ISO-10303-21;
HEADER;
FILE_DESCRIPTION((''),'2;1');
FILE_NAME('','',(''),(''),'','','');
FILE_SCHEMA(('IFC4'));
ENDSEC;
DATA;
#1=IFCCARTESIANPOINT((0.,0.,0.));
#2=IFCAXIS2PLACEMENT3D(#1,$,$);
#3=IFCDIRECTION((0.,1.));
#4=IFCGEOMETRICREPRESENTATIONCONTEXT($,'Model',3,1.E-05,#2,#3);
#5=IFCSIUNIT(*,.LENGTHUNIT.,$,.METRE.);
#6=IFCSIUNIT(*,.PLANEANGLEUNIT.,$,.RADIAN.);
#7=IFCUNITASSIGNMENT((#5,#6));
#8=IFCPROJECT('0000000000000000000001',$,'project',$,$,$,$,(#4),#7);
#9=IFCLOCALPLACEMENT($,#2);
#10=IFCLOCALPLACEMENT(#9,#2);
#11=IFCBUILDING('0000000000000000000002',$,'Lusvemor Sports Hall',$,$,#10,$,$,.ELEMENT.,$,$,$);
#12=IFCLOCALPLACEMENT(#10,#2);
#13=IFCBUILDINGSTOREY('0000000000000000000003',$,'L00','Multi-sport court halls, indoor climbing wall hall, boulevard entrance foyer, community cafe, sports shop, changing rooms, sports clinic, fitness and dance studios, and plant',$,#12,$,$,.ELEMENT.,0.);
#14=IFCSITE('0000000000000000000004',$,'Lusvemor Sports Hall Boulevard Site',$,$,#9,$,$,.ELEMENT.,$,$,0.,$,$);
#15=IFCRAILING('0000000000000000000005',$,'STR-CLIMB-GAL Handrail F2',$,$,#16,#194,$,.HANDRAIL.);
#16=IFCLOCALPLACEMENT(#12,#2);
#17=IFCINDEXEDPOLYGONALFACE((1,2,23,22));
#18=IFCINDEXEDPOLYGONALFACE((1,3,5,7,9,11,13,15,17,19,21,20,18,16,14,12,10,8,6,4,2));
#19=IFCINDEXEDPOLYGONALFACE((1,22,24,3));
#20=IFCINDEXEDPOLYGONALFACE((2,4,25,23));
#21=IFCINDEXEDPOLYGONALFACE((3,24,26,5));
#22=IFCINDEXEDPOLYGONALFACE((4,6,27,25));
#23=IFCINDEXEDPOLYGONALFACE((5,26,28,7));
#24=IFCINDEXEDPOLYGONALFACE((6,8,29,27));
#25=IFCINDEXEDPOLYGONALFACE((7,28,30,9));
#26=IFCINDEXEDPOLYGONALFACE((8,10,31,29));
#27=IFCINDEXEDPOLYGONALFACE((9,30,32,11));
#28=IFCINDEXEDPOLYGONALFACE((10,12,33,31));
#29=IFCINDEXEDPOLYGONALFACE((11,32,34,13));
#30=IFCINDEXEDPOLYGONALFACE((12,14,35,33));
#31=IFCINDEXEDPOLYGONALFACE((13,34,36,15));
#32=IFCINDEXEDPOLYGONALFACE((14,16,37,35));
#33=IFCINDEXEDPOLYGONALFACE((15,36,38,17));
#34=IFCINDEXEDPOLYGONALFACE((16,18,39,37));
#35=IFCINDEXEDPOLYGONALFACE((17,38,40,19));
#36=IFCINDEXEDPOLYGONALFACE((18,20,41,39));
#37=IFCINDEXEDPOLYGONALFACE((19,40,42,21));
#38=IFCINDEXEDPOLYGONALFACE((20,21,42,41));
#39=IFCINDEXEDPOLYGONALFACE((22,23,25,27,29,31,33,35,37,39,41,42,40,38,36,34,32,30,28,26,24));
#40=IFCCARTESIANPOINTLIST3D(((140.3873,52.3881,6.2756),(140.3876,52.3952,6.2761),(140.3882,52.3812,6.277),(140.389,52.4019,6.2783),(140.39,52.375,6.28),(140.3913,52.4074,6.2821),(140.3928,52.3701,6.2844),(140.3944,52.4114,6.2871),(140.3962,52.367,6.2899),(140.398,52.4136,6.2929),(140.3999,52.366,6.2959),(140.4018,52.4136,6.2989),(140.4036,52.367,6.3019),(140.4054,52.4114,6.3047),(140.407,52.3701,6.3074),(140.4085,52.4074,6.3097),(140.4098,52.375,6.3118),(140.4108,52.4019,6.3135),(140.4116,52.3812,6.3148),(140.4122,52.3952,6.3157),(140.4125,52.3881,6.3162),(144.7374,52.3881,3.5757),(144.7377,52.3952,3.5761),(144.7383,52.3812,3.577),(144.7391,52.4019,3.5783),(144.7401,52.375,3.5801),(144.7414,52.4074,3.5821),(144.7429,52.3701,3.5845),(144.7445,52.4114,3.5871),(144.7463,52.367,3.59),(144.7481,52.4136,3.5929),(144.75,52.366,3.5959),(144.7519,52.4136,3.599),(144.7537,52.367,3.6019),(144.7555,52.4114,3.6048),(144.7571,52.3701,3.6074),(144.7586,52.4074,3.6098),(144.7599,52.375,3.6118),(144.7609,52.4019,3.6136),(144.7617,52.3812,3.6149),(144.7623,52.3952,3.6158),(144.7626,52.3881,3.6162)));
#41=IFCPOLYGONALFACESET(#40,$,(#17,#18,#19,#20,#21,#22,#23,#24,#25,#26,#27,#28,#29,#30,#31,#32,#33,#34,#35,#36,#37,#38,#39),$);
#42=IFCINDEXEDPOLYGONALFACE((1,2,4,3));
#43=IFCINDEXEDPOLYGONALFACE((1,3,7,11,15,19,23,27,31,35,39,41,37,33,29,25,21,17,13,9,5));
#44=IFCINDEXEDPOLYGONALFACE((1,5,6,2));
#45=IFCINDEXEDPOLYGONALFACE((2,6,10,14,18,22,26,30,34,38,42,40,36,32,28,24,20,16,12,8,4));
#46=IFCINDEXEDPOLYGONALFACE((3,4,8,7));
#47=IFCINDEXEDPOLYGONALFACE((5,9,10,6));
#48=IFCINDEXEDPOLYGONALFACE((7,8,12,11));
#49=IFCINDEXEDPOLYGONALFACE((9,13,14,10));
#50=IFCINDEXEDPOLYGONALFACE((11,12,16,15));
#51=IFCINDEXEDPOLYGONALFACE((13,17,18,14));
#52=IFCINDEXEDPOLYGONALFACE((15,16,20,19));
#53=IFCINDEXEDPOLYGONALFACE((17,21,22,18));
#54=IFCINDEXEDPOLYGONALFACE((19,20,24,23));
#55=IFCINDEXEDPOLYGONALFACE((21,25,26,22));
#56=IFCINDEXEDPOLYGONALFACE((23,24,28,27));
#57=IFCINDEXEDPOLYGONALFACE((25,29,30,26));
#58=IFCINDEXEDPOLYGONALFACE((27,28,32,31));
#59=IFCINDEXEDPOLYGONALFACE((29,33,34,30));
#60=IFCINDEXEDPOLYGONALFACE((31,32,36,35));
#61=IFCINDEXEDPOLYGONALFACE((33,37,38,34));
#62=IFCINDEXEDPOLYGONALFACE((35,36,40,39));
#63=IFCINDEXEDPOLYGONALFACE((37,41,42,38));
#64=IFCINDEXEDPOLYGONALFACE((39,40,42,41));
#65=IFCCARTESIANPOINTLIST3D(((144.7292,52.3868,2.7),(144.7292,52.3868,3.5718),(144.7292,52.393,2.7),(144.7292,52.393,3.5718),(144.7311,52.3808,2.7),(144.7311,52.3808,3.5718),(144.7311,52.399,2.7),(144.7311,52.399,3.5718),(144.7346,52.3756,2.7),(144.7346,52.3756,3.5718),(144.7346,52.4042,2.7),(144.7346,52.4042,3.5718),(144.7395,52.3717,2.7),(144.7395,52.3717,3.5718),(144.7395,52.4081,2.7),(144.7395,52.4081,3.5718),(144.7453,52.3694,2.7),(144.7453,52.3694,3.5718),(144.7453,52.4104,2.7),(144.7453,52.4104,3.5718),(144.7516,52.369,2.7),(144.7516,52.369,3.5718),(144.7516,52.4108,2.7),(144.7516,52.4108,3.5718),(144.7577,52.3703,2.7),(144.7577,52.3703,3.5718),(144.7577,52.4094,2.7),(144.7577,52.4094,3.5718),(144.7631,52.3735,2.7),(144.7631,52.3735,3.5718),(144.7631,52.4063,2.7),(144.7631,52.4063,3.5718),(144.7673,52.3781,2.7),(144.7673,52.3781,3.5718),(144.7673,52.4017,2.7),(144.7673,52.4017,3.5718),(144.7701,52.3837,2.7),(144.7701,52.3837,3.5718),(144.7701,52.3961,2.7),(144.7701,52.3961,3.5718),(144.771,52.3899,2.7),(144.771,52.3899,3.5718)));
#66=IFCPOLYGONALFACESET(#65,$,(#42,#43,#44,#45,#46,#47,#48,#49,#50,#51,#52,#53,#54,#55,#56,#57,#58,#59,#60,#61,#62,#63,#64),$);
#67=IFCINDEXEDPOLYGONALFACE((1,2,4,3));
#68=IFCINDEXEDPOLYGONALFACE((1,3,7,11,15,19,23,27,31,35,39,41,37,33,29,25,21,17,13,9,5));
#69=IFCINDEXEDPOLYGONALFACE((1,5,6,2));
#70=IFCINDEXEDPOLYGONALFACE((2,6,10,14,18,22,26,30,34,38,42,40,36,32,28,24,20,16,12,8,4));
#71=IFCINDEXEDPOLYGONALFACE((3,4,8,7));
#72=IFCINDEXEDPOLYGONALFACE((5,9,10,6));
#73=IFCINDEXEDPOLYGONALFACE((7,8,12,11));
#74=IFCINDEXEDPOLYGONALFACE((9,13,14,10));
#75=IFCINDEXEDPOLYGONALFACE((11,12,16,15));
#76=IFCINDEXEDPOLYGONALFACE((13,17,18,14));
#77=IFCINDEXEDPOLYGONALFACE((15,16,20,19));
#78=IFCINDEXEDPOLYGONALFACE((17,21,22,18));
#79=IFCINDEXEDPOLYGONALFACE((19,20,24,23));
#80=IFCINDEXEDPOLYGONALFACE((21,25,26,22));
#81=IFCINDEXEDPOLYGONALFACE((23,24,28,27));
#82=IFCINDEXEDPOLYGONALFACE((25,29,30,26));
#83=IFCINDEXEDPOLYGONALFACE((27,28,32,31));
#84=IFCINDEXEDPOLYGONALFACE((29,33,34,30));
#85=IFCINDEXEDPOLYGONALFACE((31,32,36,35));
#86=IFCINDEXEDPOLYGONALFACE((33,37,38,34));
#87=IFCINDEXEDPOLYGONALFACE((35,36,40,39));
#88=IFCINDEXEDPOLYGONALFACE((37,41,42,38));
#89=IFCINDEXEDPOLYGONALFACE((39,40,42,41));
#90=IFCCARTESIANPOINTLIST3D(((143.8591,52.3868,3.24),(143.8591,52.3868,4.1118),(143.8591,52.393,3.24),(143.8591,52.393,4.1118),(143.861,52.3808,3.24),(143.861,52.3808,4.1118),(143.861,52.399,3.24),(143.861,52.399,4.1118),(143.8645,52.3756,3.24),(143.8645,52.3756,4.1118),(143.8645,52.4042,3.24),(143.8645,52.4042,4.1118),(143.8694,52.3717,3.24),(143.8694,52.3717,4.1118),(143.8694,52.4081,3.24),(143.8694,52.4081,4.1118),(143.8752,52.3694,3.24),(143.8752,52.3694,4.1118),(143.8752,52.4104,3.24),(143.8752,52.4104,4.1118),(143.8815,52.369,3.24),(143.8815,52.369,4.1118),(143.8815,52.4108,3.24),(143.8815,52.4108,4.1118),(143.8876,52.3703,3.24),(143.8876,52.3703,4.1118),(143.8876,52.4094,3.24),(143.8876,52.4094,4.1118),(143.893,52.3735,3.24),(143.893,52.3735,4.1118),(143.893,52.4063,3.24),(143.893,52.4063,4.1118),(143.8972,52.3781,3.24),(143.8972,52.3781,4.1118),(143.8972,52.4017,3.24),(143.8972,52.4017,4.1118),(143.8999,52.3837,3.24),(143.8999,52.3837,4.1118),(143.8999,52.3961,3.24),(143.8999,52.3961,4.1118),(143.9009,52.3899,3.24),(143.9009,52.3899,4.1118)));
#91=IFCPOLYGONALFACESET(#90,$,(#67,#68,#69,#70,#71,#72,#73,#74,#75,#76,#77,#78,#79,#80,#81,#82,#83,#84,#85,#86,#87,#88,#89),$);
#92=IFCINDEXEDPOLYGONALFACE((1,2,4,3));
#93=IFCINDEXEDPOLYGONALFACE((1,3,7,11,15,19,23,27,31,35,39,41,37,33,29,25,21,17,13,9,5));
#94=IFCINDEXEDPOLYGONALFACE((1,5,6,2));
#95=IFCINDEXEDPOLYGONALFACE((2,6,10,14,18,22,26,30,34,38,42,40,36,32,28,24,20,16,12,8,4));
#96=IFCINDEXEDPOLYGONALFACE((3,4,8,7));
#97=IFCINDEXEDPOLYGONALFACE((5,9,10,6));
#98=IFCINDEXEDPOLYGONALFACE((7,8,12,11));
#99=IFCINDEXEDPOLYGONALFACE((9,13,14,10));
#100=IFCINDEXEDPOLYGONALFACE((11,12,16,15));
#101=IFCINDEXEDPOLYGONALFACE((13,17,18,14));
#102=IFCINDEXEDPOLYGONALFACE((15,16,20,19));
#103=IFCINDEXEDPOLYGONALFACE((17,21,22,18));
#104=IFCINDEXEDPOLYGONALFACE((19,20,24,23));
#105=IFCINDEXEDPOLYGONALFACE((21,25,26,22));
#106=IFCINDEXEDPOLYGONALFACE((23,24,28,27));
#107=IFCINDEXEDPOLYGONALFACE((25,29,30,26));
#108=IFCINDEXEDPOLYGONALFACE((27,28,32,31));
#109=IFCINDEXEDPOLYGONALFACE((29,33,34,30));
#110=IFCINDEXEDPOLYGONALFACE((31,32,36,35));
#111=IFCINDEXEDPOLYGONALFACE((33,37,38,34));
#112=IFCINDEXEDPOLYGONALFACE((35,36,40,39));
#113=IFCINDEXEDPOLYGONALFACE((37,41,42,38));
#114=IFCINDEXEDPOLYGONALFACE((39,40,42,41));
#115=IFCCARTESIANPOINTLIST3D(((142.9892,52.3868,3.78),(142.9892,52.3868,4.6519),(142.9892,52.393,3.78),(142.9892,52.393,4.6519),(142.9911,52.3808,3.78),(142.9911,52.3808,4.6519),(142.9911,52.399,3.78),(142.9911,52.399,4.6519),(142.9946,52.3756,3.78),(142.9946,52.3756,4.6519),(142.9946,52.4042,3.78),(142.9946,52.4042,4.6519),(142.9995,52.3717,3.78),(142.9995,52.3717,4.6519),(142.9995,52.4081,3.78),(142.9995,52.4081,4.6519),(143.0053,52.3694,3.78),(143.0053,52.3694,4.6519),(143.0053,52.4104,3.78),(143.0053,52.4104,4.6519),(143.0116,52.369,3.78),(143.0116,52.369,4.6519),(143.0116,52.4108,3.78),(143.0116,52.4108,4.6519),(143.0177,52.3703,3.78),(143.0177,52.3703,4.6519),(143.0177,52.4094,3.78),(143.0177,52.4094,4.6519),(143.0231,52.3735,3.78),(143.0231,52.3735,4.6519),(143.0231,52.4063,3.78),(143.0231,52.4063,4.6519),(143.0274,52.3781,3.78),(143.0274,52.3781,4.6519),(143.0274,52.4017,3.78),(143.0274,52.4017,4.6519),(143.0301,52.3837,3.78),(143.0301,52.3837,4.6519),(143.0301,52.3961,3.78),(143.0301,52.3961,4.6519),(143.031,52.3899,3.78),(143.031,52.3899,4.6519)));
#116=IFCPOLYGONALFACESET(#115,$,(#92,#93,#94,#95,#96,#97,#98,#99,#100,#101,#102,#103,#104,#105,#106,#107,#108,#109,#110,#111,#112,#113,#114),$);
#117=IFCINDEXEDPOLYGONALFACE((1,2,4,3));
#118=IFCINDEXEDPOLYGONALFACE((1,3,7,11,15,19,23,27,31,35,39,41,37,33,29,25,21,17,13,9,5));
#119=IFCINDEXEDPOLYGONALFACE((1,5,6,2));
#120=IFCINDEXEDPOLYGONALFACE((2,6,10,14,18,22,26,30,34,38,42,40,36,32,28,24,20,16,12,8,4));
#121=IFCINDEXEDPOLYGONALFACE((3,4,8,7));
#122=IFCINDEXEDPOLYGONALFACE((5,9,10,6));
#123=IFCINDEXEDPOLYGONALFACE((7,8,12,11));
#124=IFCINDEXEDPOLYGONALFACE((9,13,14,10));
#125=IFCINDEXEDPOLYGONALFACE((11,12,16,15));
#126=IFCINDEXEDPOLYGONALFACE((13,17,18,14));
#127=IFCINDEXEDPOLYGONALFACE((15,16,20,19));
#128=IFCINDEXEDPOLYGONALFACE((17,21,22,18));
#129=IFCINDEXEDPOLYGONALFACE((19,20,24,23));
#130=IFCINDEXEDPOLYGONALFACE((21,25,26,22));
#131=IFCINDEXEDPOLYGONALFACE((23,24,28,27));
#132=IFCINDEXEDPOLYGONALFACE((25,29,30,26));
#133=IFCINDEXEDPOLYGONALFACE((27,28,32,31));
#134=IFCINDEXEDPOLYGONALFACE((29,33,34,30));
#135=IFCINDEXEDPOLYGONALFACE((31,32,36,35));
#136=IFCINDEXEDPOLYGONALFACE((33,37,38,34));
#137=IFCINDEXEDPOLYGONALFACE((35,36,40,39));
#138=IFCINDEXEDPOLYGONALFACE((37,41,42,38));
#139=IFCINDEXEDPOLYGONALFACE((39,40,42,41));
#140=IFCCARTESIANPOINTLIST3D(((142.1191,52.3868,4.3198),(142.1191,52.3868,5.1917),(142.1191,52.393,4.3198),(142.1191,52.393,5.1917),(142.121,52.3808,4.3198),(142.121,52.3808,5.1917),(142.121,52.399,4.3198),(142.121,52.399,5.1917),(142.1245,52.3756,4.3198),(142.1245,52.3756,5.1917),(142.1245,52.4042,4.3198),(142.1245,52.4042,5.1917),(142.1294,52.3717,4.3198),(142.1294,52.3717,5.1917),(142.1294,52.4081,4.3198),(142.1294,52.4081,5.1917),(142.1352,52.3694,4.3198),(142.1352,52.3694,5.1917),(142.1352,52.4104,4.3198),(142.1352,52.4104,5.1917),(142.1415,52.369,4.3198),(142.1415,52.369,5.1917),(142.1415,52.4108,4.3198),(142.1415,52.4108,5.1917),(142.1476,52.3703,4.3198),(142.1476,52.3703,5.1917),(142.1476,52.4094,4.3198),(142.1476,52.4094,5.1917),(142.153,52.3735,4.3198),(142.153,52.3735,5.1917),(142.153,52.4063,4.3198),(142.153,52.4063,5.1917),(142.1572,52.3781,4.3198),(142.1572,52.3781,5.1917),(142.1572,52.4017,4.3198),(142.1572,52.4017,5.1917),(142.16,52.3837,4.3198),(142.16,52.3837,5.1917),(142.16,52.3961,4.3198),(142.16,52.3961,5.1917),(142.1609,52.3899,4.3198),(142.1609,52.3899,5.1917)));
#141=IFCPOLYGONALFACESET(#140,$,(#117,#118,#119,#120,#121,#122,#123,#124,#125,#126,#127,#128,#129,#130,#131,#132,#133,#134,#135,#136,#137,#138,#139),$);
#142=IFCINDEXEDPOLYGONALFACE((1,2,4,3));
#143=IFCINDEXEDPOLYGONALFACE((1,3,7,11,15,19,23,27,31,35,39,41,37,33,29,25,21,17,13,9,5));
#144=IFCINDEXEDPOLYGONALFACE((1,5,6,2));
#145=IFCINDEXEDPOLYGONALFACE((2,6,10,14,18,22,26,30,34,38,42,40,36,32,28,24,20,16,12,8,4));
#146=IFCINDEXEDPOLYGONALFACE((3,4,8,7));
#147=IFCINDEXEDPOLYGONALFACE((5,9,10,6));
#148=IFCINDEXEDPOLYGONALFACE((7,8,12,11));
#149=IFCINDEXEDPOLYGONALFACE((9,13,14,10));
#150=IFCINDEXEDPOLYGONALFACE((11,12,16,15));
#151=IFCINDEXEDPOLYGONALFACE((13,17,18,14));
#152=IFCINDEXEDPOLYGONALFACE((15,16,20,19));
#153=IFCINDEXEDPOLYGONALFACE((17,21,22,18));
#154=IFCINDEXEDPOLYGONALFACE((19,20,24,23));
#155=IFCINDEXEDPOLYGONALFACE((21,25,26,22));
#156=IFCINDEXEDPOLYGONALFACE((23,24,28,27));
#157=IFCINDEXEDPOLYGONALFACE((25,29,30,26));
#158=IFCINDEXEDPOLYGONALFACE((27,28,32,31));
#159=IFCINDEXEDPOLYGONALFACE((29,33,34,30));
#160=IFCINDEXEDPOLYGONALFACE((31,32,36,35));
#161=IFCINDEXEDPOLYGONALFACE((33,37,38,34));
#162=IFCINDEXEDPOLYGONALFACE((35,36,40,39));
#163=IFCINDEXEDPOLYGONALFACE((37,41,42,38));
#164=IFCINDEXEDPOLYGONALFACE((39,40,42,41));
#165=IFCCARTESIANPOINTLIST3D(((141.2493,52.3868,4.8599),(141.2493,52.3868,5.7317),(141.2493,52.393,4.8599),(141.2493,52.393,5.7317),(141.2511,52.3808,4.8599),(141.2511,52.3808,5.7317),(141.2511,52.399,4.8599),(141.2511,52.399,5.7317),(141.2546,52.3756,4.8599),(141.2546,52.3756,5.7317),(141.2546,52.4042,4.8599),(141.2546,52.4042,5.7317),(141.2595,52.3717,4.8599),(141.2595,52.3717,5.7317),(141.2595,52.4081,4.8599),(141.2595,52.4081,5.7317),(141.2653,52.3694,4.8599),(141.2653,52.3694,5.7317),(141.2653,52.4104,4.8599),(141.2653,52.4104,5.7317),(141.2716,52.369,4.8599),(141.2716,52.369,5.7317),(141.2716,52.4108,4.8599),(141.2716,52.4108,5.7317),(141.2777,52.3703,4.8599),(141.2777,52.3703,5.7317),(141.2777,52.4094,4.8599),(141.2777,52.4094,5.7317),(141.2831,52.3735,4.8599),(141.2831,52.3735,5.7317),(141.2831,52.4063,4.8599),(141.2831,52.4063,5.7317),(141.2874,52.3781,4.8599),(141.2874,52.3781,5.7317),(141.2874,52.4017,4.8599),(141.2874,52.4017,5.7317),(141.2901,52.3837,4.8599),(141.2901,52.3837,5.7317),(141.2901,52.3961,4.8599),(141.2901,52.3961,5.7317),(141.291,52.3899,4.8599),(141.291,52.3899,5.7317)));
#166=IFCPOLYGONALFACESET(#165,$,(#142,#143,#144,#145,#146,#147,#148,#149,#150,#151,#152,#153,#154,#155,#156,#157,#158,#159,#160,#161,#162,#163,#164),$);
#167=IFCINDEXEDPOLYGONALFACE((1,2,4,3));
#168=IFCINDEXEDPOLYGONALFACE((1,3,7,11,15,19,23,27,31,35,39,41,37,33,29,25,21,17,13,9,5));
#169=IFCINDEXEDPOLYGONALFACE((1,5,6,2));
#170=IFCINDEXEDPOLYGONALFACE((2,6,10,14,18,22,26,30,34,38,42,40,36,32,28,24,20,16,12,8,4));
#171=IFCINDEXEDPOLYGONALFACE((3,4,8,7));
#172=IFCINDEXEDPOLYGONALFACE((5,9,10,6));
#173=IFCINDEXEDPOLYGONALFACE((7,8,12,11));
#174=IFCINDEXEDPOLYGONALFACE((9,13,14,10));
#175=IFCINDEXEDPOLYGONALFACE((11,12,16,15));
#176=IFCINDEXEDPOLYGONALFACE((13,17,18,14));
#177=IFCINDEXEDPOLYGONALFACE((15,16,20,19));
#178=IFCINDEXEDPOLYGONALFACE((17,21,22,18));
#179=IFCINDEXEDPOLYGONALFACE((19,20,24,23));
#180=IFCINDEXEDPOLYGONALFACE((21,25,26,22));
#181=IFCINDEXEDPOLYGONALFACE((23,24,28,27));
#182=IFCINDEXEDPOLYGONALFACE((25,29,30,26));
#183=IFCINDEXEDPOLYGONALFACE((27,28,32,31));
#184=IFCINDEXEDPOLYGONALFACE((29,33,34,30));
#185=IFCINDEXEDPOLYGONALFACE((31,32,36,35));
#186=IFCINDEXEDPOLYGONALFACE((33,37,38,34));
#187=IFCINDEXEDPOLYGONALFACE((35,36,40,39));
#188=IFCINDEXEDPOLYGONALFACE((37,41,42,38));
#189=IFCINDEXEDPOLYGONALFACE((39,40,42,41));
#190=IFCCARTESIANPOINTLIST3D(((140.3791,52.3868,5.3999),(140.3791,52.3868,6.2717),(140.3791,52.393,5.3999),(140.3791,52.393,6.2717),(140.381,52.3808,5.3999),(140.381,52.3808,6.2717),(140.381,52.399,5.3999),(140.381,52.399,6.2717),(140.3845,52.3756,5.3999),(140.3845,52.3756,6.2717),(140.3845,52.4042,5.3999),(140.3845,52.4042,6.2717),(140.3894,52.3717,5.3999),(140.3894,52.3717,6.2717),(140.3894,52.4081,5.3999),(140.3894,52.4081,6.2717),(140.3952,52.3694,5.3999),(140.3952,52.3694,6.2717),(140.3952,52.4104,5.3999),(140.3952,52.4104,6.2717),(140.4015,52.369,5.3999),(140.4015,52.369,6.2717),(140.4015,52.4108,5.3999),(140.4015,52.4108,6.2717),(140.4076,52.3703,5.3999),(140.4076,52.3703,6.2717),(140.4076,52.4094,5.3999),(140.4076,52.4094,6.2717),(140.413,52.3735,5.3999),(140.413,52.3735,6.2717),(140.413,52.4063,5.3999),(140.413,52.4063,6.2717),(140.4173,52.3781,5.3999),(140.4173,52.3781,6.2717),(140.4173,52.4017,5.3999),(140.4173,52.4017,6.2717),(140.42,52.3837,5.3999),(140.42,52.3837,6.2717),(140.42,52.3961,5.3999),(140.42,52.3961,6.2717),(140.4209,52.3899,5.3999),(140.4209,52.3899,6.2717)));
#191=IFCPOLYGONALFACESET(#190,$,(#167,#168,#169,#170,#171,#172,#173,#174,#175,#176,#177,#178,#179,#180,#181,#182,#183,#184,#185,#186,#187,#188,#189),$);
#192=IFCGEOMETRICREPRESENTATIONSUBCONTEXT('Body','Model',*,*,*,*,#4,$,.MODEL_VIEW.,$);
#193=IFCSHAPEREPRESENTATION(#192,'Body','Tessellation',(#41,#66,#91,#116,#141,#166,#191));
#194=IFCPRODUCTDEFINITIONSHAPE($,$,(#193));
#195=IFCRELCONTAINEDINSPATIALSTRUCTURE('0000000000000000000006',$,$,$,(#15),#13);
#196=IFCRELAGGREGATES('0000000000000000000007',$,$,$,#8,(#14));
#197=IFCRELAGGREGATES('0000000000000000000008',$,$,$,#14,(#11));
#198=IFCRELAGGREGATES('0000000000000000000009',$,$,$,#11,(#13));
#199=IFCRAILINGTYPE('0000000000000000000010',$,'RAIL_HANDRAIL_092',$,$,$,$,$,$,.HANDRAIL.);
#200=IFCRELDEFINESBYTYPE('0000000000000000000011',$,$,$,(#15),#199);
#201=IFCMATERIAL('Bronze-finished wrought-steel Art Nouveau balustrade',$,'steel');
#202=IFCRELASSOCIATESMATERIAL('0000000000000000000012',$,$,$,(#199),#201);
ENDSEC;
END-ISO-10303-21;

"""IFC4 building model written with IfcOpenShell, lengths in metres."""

from ifc_helpers import new_model, si_unit, direction, frame, origin, origin_2d, place, context, subcontext, project, spatial, circle, extrude, material, type_object, element, save


model = new_model("IFC4")

# Units and contexts
model_context = context("Model", 3, precision=1e-05, world=origin(), true_north=direction((0.0, 1.0)))
body_context = subcontext(model_context, "Body", "Model", "MODEL_VIEW")
ifc_project = project(units=[si_unit("LENGTHUNIT", "METRE"), si_unit("PLANEANGLEUNIT", "RADIAN")], contexts=[model_context])

# Site, building, storey
site_placement = place(None, origin())
site = spatial("IfcSite", under=ifc_project, at=site_placement, Name="Lusvemor Sports Hall Boulevard Site", CompositionType="ELEMENT", RefElevation=0.0)
building_placement = place(site_placement, origin())
building = spatial("IfcBuilding", under=site, at=building_placement, Name="Lusvemor Sports Hall", CompositionType="ELEMENT")
storey_placement = place(building_placement, origin())
storey = spatial("IfcBuildingStorey", under=building, at=storey_placement, Name="L00", Description="Multi-sport court halls, indoor climbing wall hall, boulevard entrance foyer, community cafe, sports shop, changing rooms, sports clinic, fitness and dance studios, and plant", CompositionType="ELEMENT", Elevation=0.0)

# Railing
ifc_material_1 = material(Name="Bronze-finished wrought-steel Art Nouveau balustrade", Category="steel")
railing_type = type_object("IfcRailingType", Name="RAIL_HANDRAIL_092", PredefinedType="HANDRAIL", material=ifc_material_1)
railing_placement = place(storey_placement, frame((144.75, 52.3899, 2.7)))
element("IfcRailing", 1, at=railing_placement, inside=storey, type_object=railing_type, Name="STR-CLIMB-GAL Handrail F2", PredefinedType="HANDRAIL", context=body_context, shape_type="SweptSolid", body=[
    extrude(circle(Radius=0.0239, at=origin_2d()), frame((0.0, 0.0, 0.896), z_axis=(-0.84965, 0.0, 0.527347), x_axis=(0.0, -1.0, 0.0)), (0.0, 0.0, 1.0), 5.1199),
    extrude(circle(Radius=0.021, at=origin_2d()), origin(), (0.0, 0.0, 1.0), 0.8718),
    extrude(circle(Radius=0.021, at=origin_2d()), frame((-0.8701, 0.0, 0.54)), (0.0, 0.0, 1.0), 0.8718),
    extrude(circle(Radius=0.021, at=origin_2d()), frame((-1.74, 0.0, 1.0801)), (0.0, 0.0, 1.0), 0.8718),
    extrude(circle(Radius=0.021, at=origin_2d()), frame((-2.6101, 0.0, 1.6199)), (0.0, 0.0, 1.0), 0.8718),
    extrude(circle(Radius=0.021, at=origin_2d()), frame((-3.48, 0.0, 2.1599)), (0.0, 0.0, 1.0), 0.8718),
    extrude(circle(Radius=0.021, at=origin_2d()), frame((-4.3501, 0.0, 2.7)), (0.0, 0.0, 1.0), 0.8718),
])

save(model, "model.ifc")
